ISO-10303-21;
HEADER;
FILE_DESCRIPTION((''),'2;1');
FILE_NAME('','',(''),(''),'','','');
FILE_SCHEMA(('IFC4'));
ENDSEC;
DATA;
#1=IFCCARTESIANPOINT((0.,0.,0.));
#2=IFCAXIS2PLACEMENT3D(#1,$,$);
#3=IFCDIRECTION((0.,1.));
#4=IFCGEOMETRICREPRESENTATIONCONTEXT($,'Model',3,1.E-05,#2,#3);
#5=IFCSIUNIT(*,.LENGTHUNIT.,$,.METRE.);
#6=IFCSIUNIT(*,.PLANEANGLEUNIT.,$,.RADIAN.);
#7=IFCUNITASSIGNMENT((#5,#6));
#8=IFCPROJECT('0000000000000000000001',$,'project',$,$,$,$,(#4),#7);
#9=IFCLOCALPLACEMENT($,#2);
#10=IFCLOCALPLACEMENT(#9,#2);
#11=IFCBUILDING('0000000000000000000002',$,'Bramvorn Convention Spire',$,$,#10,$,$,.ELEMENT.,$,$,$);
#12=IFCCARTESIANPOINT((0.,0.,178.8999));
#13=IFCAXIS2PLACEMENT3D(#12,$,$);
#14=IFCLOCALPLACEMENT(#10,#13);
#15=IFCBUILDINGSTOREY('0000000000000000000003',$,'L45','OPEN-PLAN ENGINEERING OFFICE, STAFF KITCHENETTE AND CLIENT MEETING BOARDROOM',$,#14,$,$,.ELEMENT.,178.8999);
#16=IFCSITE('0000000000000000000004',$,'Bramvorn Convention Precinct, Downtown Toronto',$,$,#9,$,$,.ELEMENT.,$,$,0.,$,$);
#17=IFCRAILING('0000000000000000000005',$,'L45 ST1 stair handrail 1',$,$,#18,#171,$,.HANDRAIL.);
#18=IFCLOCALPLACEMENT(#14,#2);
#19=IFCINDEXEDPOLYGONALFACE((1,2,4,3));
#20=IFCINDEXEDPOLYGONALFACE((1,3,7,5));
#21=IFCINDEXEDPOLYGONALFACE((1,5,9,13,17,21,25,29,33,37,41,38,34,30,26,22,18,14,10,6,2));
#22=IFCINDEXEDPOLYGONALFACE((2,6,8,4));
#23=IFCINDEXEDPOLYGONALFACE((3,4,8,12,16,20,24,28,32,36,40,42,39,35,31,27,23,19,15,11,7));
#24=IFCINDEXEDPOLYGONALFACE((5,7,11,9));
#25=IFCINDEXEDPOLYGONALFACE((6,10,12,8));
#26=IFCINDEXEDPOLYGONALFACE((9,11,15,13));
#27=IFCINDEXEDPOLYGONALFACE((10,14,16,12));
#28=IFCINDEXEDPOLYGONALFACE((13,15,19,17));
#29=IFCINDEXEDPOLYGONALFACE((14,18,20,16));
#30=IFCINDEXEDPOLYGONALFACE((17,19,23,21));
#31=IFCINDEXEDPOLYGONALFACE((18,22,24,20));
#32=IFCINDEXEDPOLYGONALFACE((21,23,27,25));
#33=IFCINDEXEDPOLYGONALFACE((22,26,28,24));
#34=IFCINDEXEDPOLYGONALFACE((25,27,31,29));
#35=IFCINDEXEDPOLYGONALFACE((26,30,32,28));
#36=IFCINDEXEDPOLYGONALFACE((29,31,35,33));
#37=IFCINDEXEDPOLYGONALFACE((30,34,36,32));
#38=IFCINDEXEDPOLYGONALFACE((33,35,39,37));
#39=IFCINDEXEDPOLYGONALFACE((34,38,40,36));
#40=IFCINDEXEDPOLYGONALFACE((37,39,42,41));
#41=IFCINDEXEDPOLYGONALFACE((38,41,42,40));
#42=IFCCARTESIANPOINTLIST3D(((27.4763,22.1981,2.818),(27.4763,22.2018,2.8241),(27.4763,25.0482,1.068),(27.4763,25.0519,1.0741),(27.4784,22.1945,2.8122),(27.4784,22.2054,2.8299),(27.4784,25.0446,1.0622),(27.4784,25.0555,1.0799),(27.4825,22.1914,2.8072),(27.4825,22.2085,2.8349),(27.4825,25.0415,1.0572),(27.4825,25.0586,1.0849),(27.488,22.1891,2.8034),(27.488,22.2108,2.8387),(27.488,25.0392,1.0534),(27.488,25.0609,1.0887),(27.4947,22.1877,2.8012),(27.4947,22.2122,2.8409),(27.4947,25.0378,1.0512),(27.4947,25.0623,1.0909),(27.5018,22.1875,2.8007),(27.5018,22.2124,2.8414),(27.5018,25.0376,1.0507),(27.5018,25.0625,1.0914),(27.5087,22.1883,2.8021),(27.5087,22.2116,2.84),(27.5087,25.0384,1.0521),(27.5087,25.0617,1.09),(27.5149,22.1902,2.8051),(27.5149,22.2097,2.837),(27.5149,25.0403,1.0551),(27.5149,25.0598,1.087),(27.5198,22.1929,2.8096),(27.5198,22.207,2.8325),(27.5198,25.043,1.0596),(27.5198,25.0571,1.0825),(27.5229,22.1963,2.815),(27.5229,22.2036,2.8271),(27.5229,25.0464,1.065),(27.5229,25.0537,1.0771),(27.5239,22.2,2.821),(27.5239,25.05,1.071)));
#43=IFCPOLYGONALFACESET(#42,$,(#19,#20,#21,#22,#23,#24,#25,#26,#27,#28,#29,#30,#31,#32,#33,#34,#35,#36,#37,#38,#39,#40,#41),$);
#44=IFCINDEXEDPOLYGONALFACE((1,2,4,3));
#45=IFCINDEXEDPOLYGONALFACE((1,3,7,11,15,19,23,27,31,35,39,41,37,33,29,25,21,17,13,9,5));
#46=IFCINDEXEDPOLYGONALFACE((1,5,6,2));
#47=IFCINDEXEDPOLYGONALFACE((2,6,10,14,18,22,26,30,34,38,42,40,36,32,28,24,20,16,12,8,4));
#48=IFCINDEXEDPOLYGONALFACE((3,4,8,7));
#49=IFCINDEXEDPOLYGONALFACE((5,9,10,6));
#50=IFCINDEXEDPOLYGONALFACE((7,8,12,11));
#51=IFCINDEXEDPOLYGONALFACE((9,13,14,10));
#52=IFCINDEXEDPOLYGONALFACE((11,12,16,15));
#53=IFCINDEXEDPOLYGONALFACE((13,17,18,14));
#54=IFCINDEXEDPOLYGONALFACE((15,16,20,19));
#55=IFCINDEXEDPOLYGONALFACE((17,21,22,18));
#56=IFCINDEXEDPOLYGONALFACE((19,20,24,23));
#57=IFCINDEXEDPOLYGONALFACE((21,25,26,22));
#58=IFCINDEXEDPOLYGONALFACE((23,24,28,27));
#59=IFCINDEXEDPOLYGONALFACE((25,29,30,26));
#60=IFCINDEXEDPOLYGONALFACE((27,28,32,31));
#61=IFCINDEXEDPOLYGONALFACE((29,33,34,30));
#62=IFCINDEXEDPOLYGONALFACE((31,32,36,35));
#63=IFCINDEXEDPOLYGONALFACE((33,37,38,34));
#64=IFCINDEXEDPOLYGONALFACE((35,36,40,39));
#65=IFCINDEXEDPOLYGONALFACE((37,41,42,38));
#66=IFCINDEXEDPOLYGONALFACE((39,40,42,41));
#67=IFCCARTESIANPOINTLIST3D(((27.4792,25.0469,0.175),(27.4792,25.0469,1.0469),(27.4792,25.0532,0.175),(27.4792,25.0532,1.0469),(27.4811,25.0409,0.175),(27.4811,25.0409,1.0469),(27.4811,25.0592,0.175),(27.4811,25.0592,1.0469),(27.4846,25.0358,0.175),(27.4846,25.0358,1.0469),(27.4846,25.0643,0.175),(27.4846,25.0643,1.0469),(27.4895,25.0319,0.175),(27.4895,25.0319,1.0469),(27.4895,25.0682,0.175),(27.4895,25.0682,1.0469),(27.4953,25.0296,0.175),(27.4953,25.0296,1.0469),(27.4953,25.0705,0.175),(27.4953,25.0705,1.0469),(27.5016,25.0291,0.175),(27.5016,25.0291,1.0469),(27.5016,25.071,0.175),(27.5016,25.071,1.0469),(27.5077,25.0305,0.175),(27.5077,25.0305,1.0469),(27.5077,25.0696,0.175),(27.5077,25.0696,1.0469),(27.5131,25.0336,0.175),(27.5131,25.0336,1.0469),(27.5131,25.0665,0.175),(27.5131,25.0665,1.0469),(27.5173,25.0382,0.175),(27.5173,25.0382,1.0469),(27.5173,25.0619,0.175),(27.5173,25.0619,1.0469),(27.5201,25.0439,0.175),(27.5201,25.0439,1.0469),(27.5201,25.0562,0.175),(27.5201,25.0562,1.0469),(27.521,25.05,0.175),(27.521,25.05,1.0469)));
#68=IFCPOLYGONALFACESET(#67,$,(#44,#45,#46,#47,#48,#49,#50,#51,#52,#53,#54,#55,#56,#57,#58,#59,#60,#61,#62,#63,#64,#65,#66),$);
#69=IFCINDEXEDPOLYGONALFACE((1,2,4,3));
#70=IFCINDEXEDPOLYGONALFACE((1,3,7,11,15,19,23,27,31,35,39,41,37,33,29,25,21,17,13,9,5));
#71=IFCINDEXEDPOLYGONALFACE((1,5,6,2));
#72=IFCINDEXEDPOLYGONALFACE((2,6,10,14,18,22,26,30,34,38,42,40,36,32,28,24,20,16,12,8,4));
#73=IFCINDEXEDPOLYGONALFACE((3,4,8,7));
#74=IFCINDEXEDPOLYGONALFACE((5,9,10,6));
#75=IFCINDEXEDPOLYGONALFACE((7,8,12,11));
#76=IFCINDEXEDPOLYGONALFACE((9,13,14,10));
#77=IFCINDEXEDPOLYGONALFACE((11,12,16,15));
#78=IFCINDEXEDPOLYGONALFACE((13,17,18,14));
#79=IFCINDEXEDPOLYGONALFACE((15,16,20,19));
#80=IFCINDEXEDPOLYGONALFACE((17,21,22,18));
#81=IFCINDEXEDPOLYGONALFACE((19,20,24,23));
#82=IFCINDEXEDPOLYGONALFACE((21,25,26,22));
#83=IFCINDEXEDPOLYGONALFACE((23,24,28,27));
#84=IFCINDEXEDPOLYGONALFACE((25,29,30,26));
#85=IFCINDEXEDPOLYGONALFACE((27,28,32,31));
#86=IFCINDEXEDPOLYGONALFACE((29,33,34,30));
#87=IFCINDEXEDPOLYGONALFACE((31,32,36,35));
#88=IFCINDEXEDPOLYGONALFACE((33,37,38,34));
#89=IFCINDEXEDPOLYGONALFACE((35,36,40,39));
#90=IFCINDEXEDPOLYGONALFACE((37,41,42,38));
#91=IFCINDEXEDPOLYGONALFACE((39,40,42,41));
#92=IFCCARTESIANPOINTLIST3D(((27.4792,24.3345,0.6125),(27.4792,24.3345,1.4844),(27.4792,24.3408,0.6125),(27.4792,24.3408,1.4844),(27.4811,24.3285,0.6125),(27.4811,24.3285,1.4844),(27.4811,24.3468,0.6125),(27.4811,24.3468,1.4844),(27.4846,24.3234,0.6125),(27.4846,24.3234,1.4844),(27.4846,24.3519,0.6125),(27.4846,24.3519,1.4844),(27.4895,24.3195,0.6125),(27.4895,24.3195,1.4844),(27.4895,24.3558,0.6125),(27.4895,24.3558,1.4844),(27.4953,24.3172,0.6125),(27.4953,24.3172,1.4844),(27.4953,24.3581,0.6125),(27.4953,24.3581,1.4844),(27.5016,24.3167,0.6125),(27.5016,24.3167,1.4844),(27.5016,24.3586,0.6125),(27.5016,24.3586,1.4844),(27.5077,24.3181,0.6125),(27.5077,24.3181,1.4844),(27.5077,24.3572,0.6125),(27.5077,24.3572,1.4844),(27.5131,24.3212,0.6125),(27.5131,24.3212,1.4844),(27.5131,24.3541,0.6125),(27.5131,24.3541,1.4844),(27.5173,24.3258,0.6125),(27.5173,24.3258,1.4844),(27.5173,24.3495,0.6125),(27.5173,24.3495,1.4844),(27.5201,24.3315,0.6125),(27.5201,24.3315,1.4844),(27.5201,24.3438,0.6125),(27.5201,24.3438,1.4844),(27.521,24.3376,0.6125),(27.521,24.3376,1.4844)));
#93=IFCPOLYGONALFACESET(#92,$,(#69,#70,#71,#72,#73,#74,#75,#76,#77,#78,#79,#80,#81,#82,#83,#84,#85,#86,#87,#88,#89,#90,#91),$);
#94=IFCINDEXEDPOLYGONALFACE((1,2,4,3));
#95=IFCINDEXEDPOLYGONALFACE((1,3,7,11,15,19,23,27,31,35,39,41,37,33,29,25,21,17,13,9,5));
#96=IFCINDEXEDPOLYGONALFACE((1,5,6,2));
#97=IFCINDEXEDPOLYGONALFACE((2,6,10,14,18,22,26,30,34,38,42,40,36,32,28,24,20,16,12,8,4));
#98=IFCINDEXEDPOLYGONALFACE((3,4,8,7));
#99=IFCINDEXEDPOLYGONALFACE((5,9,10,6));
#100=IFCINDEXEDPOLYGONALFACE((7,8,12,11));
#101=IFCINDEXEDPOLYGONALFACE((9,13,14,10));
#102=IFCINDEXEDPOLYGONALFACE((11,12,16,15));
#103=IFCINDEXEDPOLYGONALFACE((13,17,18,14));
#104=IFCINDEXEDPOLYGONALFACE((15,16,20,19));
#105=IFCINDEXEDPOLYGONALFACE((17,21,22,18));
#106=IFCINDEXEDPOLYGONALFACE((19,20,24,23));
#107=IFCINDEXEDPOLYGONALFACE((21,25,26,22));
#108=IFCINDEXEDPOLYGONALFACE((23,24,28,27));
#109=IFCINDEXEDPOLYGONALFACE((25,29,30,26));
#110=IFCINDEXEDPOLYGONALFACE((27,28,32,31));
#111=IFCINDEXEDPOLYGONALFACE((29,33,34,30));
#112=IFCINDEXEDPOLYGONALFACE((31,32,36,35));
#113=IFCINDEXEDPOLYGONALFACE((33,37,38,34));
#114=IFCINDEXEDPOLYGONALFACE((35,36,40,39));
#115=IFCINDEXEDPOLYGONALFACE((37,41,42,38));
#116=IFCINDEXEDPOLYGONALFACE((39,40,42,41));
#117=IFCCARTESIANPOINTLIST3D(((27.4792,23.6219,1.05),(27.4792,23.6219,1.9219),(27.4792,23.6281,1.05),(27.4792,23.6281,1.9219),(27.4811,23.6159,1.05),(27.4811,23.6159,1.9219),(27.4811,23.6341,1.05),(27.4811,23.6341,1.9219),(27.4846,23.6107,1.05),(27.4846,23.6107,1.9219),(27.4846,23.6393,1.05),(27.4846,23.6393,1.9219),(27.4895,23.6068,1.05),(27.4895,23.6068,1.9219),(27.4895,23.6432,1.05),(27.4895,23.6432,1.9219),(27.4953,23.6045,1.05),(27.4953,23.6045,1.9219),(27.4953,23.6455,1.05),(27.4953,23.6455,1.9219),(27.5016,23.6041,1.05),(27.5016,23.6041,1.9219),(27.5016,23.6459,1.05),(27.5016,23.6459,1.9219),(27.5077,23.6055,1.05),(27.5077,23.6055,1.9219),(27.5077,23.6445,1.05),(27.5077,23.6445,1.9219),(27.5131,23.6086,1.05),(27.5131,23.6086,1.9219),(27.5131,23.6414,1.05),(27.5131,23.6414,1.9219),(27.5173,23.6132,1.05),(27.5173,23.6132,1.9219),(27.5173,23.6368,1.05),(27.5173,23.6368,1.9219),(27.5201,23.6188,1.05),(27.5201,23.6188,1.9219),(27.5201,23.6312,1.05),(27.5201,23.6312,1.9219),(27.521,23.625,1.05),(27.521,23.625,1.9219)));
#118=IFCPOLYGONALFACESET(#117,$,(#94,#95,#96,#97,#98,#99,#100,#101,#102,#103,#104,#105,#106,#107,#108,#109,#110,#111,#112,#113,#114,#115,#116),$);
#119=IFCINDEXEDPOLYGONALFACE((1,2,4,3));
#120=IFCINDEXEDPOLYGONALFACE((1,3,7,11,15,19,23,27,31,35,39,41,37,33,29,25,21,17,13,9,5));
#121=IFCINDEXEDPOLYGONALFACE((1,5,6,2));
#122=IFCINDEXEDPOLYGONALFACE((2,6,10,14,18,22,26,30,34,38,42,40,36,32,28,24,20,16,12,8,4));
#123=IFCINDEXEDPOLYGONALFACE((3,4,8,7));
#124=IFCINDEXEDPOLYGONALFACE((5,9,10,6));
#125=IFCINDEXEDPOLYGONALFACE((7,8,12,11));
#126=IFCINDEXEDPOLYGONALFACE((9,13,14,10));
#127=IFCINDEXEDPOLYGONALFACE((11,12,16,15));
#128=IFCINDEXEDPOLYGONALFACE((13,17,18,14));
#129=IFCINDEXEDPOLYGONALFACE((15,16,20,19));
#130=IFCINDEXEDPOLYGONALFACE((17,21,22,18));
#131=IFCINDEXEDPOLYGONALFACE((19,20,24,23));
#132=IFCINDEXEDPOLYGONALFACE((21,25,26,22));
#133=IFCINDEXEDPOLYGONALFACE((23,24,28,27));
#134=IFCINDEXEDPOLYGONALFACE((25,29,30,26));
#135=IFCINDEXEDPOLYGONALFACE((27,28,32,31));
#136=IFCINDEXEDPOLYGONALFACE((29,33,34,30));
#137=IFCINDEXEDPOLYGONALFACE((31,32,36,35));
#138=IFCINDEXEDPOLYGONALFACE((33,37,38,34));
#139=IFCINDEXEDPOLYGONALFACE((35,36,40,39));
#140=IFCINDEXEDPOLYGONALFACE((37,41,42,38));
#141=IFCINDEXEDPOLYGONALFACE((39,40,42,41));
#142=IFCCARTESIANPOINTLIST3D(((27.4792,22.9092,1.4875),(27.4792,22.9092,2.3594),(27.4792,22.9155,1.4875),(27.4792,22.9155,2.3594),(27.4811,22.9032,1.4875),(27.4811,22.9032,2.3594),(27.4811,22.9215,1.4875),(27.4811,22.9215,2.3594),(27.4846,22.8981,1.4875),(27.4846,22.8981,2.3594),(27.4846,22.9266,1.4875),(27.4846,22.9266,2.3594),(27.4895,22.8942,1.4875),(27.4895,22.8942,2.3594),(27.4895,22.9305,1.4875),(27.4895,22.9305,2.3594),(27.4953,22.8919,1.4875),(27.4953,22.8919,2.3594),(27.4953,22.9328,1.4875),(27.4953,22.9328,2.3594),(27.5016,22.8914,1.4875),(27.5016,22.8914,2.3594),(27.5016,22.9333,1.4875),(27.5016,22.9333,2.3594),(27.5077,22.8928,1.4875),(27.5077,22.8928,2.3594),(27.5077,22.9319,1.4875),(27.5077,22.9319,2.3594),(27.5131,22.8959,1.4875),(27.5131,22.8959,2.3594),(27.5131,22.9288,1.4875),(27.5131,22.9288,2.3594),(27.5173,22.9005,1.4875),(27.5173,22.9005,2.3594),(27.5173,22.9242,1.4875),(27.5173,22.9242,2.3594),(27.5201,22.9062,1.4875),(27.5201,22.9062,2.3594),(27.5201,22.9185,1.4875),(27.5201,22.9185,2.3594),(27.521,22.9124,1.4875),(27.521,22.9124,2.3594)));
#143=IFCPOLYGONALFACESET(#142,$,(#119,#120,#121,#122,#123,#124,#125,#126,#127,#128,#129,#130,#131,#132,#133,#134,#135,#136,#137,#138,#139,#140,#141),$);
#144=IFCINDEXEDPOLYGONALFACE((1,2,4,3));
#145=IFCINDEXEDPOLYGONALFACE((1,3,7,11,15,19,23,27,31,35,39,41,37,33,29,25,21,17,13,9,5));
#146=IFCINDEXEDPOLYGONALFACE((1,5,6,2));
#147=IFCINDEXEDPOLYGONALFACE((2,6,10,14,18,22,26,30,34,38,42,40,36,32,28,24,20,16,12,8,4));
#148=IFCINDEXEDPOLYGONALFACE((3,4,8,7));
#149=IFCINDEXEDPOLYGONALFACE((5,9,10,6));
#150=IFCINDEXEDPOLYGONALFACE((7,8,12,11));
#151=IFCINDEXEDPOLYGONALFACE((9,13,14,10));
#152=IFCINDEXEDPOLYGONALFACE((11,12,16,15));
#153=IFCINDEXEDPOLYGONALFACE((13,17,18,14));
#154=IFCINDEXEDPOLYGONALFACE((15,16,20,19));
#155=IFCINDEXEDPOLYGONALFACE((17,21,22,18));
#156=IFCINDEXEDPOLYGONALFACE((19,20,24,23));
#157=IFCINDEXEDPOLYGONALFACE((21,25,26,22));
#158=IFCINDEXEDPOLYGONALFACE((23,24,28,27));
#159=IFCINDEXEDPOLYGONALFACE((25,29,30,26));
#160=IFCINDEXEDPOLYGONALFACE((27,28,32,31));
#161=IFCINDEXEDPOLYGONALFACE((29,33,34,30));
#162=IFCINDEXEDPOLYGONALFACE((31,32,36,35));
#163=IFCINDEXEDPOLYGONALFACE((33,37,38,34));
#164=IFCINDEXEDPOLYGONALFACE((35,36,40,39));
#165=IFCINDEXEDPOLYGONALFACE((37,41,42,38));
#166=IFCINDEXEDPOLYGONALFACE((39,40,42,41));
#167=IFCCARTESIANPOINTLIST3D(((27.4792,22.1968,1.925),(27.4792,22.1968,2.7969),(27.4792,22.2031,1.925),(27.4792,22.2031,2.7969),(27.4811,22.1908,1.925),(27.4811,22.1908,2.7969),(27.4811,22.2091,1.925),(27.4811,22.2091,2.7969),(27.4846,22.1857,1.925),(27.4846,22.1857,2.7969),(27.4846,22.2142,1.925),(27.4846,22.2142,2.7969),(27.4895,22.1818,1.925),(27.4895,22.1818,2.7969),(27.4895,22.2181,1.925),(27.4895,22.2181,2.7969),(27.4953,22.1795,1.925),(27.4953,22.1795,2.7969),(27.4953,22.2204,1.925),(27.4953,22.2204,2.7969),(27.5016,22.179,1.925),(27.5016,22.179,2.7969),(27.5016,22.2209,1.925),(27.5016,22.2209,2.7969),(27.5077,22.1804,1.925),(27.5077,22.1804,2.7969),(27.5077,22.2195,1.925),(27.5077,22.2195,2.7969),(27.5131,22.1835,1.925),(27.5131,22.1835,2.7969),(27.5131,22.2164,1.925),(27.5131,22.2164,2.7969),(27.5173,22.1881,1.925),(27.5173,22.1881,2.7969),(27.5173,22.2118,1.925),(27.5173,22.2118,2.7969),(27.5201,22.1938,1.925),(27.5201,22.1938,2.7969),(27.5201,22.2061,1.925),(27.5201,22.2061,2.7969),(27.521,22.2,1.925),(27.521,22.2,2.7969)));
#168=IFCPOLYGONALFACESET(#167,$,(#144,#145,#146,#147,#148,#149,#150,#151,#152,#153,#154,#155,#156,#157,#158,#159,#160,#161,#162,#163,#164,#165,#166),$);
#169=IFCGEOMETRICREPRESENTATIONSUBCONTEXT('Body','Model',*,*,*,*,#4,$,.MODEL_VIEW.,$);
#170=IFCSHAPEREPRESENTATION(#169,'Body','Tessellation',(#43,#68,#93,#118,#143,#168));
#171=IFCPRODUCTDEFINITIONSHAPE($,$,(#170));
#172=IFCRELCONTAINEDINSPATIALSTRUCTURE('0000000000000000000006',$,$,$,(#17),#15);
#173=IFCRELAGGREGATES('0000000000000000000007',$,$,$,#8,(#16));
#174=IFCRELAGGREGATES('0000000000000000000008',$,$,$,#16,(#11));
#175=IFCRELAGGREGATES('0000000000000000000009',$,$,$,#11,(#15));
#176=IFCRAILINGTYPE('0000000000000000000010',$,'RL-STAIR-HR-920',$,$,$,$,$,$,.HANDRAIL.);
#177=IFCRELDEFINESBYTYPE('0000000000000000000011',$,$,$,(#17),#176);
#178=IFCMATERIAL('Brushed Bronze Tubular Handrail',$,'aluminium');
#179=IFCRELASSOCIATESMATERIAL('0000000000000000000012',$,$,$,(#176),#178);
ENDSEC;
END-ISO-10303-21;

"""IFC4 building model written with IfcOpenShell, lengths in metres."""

from ifc_helpers import new_model, si_unit, direction, frame, origin, origin_2d, place, context, subcontext, project, spatial, circle, extrude, material, type_object, element, save


model = new_model("IFC4")

# Units and contexts
model_context = context("Model", 3, precision=1e-05, world=origin(), true_north=direction((0.0, 1.0)))
body_context = subcontext(model_context, "Body", "Model", "MODEL_VIEW")
ifc_project = project(units=[si_unit("LENGTHUNIT", "METRE"), si_unit("PLANEANGLEUNIT", "RADIAN")], contexts=[model_context])

# Site, building, storey
site_placement = place(None, origin())
site = spatial("IfcSite", under=ifc_project, at=site_placement, Name="Bramvorn Convention Precinct, Downtown Toronto", CompositionType="ELEMENT", RefElevation=0.0)
building_placement = place(site_placement, origin())
building = spatial("IfcBuilding", under=site, at=building_placement, Name="Bramvorn Convention Spire", CompositionType="ELEMENT")
storey_placement = place(building_placement, frame((0.0, 0.0, 178.8999)))
storey = spatial("IfcBuildingStorey", under=building, at=storey_placement, Name="L45", Description="OPEN-PLAN ENGINEERING OFFICE, STAFF KITCHENETTE AND CLIENT MEETING BOARDROOM", CompositionType="ELEMENT", Elevation=178.8999)

# Railing
ifc_material_1 = material(Name="Brushed Bronze Tubular Handrail", Category="aluminium")
railing_type_1 = type_object("IfcRailingType", Name="RL-STAIR-HR-920", PredefinedType="HANDRAIL", material=ifc_material_1)
railing_1_placement = place(storey_placement, frame((27.5, 25.05, 0.175)))
element("IfcRailing", 1, at=railing_1_placement, inside=storey, type_object=railing_type_1, Name="L45 ST1 stair handrail 1", PredefinedType="HANDRAIL", context=body_context, shape_type="SweptSolid", body=[
    extrude(circle(Radius=0.0239, at=origin_2d()), frame((0.0, 0.0, 0.896), z_axis=(0.0, -0.852179, 0.52325), x_axis=(1.0, 0.0, 0.0)), (0.0, 0.0, 1.0), 3.3445),
    extrude(circle(Radius=0.021, at=origin_2d()), origin(), (0.0, 0.0, 1.0), 0.8718),
    extrude(circle(Radius=0.021, at=origin_2d()), frame((0.0, -0.7124, 0.4375)), (0.0, 0.0, 1.0), 0.8718),
    extrude(circle(Radius=0.021, at=origin_2d()), frame((0.0, -1.425, 0.875)), (0.0, 0.0, 1.0), 0.8718),
    extrude(circle(Radius=0.021, at=origin_2d()), frame((0.0, -2.1377, 1.3125)), (0.0, 0.0, 1.0), 0.8718),
    extrude(circle(Radius=0.021, at=origin_2d()), frame((0.0, -2.8501, 1.75)), (0.0, 0.0, 1.0), 0.8718),
])

save(model, "model.ifc")
